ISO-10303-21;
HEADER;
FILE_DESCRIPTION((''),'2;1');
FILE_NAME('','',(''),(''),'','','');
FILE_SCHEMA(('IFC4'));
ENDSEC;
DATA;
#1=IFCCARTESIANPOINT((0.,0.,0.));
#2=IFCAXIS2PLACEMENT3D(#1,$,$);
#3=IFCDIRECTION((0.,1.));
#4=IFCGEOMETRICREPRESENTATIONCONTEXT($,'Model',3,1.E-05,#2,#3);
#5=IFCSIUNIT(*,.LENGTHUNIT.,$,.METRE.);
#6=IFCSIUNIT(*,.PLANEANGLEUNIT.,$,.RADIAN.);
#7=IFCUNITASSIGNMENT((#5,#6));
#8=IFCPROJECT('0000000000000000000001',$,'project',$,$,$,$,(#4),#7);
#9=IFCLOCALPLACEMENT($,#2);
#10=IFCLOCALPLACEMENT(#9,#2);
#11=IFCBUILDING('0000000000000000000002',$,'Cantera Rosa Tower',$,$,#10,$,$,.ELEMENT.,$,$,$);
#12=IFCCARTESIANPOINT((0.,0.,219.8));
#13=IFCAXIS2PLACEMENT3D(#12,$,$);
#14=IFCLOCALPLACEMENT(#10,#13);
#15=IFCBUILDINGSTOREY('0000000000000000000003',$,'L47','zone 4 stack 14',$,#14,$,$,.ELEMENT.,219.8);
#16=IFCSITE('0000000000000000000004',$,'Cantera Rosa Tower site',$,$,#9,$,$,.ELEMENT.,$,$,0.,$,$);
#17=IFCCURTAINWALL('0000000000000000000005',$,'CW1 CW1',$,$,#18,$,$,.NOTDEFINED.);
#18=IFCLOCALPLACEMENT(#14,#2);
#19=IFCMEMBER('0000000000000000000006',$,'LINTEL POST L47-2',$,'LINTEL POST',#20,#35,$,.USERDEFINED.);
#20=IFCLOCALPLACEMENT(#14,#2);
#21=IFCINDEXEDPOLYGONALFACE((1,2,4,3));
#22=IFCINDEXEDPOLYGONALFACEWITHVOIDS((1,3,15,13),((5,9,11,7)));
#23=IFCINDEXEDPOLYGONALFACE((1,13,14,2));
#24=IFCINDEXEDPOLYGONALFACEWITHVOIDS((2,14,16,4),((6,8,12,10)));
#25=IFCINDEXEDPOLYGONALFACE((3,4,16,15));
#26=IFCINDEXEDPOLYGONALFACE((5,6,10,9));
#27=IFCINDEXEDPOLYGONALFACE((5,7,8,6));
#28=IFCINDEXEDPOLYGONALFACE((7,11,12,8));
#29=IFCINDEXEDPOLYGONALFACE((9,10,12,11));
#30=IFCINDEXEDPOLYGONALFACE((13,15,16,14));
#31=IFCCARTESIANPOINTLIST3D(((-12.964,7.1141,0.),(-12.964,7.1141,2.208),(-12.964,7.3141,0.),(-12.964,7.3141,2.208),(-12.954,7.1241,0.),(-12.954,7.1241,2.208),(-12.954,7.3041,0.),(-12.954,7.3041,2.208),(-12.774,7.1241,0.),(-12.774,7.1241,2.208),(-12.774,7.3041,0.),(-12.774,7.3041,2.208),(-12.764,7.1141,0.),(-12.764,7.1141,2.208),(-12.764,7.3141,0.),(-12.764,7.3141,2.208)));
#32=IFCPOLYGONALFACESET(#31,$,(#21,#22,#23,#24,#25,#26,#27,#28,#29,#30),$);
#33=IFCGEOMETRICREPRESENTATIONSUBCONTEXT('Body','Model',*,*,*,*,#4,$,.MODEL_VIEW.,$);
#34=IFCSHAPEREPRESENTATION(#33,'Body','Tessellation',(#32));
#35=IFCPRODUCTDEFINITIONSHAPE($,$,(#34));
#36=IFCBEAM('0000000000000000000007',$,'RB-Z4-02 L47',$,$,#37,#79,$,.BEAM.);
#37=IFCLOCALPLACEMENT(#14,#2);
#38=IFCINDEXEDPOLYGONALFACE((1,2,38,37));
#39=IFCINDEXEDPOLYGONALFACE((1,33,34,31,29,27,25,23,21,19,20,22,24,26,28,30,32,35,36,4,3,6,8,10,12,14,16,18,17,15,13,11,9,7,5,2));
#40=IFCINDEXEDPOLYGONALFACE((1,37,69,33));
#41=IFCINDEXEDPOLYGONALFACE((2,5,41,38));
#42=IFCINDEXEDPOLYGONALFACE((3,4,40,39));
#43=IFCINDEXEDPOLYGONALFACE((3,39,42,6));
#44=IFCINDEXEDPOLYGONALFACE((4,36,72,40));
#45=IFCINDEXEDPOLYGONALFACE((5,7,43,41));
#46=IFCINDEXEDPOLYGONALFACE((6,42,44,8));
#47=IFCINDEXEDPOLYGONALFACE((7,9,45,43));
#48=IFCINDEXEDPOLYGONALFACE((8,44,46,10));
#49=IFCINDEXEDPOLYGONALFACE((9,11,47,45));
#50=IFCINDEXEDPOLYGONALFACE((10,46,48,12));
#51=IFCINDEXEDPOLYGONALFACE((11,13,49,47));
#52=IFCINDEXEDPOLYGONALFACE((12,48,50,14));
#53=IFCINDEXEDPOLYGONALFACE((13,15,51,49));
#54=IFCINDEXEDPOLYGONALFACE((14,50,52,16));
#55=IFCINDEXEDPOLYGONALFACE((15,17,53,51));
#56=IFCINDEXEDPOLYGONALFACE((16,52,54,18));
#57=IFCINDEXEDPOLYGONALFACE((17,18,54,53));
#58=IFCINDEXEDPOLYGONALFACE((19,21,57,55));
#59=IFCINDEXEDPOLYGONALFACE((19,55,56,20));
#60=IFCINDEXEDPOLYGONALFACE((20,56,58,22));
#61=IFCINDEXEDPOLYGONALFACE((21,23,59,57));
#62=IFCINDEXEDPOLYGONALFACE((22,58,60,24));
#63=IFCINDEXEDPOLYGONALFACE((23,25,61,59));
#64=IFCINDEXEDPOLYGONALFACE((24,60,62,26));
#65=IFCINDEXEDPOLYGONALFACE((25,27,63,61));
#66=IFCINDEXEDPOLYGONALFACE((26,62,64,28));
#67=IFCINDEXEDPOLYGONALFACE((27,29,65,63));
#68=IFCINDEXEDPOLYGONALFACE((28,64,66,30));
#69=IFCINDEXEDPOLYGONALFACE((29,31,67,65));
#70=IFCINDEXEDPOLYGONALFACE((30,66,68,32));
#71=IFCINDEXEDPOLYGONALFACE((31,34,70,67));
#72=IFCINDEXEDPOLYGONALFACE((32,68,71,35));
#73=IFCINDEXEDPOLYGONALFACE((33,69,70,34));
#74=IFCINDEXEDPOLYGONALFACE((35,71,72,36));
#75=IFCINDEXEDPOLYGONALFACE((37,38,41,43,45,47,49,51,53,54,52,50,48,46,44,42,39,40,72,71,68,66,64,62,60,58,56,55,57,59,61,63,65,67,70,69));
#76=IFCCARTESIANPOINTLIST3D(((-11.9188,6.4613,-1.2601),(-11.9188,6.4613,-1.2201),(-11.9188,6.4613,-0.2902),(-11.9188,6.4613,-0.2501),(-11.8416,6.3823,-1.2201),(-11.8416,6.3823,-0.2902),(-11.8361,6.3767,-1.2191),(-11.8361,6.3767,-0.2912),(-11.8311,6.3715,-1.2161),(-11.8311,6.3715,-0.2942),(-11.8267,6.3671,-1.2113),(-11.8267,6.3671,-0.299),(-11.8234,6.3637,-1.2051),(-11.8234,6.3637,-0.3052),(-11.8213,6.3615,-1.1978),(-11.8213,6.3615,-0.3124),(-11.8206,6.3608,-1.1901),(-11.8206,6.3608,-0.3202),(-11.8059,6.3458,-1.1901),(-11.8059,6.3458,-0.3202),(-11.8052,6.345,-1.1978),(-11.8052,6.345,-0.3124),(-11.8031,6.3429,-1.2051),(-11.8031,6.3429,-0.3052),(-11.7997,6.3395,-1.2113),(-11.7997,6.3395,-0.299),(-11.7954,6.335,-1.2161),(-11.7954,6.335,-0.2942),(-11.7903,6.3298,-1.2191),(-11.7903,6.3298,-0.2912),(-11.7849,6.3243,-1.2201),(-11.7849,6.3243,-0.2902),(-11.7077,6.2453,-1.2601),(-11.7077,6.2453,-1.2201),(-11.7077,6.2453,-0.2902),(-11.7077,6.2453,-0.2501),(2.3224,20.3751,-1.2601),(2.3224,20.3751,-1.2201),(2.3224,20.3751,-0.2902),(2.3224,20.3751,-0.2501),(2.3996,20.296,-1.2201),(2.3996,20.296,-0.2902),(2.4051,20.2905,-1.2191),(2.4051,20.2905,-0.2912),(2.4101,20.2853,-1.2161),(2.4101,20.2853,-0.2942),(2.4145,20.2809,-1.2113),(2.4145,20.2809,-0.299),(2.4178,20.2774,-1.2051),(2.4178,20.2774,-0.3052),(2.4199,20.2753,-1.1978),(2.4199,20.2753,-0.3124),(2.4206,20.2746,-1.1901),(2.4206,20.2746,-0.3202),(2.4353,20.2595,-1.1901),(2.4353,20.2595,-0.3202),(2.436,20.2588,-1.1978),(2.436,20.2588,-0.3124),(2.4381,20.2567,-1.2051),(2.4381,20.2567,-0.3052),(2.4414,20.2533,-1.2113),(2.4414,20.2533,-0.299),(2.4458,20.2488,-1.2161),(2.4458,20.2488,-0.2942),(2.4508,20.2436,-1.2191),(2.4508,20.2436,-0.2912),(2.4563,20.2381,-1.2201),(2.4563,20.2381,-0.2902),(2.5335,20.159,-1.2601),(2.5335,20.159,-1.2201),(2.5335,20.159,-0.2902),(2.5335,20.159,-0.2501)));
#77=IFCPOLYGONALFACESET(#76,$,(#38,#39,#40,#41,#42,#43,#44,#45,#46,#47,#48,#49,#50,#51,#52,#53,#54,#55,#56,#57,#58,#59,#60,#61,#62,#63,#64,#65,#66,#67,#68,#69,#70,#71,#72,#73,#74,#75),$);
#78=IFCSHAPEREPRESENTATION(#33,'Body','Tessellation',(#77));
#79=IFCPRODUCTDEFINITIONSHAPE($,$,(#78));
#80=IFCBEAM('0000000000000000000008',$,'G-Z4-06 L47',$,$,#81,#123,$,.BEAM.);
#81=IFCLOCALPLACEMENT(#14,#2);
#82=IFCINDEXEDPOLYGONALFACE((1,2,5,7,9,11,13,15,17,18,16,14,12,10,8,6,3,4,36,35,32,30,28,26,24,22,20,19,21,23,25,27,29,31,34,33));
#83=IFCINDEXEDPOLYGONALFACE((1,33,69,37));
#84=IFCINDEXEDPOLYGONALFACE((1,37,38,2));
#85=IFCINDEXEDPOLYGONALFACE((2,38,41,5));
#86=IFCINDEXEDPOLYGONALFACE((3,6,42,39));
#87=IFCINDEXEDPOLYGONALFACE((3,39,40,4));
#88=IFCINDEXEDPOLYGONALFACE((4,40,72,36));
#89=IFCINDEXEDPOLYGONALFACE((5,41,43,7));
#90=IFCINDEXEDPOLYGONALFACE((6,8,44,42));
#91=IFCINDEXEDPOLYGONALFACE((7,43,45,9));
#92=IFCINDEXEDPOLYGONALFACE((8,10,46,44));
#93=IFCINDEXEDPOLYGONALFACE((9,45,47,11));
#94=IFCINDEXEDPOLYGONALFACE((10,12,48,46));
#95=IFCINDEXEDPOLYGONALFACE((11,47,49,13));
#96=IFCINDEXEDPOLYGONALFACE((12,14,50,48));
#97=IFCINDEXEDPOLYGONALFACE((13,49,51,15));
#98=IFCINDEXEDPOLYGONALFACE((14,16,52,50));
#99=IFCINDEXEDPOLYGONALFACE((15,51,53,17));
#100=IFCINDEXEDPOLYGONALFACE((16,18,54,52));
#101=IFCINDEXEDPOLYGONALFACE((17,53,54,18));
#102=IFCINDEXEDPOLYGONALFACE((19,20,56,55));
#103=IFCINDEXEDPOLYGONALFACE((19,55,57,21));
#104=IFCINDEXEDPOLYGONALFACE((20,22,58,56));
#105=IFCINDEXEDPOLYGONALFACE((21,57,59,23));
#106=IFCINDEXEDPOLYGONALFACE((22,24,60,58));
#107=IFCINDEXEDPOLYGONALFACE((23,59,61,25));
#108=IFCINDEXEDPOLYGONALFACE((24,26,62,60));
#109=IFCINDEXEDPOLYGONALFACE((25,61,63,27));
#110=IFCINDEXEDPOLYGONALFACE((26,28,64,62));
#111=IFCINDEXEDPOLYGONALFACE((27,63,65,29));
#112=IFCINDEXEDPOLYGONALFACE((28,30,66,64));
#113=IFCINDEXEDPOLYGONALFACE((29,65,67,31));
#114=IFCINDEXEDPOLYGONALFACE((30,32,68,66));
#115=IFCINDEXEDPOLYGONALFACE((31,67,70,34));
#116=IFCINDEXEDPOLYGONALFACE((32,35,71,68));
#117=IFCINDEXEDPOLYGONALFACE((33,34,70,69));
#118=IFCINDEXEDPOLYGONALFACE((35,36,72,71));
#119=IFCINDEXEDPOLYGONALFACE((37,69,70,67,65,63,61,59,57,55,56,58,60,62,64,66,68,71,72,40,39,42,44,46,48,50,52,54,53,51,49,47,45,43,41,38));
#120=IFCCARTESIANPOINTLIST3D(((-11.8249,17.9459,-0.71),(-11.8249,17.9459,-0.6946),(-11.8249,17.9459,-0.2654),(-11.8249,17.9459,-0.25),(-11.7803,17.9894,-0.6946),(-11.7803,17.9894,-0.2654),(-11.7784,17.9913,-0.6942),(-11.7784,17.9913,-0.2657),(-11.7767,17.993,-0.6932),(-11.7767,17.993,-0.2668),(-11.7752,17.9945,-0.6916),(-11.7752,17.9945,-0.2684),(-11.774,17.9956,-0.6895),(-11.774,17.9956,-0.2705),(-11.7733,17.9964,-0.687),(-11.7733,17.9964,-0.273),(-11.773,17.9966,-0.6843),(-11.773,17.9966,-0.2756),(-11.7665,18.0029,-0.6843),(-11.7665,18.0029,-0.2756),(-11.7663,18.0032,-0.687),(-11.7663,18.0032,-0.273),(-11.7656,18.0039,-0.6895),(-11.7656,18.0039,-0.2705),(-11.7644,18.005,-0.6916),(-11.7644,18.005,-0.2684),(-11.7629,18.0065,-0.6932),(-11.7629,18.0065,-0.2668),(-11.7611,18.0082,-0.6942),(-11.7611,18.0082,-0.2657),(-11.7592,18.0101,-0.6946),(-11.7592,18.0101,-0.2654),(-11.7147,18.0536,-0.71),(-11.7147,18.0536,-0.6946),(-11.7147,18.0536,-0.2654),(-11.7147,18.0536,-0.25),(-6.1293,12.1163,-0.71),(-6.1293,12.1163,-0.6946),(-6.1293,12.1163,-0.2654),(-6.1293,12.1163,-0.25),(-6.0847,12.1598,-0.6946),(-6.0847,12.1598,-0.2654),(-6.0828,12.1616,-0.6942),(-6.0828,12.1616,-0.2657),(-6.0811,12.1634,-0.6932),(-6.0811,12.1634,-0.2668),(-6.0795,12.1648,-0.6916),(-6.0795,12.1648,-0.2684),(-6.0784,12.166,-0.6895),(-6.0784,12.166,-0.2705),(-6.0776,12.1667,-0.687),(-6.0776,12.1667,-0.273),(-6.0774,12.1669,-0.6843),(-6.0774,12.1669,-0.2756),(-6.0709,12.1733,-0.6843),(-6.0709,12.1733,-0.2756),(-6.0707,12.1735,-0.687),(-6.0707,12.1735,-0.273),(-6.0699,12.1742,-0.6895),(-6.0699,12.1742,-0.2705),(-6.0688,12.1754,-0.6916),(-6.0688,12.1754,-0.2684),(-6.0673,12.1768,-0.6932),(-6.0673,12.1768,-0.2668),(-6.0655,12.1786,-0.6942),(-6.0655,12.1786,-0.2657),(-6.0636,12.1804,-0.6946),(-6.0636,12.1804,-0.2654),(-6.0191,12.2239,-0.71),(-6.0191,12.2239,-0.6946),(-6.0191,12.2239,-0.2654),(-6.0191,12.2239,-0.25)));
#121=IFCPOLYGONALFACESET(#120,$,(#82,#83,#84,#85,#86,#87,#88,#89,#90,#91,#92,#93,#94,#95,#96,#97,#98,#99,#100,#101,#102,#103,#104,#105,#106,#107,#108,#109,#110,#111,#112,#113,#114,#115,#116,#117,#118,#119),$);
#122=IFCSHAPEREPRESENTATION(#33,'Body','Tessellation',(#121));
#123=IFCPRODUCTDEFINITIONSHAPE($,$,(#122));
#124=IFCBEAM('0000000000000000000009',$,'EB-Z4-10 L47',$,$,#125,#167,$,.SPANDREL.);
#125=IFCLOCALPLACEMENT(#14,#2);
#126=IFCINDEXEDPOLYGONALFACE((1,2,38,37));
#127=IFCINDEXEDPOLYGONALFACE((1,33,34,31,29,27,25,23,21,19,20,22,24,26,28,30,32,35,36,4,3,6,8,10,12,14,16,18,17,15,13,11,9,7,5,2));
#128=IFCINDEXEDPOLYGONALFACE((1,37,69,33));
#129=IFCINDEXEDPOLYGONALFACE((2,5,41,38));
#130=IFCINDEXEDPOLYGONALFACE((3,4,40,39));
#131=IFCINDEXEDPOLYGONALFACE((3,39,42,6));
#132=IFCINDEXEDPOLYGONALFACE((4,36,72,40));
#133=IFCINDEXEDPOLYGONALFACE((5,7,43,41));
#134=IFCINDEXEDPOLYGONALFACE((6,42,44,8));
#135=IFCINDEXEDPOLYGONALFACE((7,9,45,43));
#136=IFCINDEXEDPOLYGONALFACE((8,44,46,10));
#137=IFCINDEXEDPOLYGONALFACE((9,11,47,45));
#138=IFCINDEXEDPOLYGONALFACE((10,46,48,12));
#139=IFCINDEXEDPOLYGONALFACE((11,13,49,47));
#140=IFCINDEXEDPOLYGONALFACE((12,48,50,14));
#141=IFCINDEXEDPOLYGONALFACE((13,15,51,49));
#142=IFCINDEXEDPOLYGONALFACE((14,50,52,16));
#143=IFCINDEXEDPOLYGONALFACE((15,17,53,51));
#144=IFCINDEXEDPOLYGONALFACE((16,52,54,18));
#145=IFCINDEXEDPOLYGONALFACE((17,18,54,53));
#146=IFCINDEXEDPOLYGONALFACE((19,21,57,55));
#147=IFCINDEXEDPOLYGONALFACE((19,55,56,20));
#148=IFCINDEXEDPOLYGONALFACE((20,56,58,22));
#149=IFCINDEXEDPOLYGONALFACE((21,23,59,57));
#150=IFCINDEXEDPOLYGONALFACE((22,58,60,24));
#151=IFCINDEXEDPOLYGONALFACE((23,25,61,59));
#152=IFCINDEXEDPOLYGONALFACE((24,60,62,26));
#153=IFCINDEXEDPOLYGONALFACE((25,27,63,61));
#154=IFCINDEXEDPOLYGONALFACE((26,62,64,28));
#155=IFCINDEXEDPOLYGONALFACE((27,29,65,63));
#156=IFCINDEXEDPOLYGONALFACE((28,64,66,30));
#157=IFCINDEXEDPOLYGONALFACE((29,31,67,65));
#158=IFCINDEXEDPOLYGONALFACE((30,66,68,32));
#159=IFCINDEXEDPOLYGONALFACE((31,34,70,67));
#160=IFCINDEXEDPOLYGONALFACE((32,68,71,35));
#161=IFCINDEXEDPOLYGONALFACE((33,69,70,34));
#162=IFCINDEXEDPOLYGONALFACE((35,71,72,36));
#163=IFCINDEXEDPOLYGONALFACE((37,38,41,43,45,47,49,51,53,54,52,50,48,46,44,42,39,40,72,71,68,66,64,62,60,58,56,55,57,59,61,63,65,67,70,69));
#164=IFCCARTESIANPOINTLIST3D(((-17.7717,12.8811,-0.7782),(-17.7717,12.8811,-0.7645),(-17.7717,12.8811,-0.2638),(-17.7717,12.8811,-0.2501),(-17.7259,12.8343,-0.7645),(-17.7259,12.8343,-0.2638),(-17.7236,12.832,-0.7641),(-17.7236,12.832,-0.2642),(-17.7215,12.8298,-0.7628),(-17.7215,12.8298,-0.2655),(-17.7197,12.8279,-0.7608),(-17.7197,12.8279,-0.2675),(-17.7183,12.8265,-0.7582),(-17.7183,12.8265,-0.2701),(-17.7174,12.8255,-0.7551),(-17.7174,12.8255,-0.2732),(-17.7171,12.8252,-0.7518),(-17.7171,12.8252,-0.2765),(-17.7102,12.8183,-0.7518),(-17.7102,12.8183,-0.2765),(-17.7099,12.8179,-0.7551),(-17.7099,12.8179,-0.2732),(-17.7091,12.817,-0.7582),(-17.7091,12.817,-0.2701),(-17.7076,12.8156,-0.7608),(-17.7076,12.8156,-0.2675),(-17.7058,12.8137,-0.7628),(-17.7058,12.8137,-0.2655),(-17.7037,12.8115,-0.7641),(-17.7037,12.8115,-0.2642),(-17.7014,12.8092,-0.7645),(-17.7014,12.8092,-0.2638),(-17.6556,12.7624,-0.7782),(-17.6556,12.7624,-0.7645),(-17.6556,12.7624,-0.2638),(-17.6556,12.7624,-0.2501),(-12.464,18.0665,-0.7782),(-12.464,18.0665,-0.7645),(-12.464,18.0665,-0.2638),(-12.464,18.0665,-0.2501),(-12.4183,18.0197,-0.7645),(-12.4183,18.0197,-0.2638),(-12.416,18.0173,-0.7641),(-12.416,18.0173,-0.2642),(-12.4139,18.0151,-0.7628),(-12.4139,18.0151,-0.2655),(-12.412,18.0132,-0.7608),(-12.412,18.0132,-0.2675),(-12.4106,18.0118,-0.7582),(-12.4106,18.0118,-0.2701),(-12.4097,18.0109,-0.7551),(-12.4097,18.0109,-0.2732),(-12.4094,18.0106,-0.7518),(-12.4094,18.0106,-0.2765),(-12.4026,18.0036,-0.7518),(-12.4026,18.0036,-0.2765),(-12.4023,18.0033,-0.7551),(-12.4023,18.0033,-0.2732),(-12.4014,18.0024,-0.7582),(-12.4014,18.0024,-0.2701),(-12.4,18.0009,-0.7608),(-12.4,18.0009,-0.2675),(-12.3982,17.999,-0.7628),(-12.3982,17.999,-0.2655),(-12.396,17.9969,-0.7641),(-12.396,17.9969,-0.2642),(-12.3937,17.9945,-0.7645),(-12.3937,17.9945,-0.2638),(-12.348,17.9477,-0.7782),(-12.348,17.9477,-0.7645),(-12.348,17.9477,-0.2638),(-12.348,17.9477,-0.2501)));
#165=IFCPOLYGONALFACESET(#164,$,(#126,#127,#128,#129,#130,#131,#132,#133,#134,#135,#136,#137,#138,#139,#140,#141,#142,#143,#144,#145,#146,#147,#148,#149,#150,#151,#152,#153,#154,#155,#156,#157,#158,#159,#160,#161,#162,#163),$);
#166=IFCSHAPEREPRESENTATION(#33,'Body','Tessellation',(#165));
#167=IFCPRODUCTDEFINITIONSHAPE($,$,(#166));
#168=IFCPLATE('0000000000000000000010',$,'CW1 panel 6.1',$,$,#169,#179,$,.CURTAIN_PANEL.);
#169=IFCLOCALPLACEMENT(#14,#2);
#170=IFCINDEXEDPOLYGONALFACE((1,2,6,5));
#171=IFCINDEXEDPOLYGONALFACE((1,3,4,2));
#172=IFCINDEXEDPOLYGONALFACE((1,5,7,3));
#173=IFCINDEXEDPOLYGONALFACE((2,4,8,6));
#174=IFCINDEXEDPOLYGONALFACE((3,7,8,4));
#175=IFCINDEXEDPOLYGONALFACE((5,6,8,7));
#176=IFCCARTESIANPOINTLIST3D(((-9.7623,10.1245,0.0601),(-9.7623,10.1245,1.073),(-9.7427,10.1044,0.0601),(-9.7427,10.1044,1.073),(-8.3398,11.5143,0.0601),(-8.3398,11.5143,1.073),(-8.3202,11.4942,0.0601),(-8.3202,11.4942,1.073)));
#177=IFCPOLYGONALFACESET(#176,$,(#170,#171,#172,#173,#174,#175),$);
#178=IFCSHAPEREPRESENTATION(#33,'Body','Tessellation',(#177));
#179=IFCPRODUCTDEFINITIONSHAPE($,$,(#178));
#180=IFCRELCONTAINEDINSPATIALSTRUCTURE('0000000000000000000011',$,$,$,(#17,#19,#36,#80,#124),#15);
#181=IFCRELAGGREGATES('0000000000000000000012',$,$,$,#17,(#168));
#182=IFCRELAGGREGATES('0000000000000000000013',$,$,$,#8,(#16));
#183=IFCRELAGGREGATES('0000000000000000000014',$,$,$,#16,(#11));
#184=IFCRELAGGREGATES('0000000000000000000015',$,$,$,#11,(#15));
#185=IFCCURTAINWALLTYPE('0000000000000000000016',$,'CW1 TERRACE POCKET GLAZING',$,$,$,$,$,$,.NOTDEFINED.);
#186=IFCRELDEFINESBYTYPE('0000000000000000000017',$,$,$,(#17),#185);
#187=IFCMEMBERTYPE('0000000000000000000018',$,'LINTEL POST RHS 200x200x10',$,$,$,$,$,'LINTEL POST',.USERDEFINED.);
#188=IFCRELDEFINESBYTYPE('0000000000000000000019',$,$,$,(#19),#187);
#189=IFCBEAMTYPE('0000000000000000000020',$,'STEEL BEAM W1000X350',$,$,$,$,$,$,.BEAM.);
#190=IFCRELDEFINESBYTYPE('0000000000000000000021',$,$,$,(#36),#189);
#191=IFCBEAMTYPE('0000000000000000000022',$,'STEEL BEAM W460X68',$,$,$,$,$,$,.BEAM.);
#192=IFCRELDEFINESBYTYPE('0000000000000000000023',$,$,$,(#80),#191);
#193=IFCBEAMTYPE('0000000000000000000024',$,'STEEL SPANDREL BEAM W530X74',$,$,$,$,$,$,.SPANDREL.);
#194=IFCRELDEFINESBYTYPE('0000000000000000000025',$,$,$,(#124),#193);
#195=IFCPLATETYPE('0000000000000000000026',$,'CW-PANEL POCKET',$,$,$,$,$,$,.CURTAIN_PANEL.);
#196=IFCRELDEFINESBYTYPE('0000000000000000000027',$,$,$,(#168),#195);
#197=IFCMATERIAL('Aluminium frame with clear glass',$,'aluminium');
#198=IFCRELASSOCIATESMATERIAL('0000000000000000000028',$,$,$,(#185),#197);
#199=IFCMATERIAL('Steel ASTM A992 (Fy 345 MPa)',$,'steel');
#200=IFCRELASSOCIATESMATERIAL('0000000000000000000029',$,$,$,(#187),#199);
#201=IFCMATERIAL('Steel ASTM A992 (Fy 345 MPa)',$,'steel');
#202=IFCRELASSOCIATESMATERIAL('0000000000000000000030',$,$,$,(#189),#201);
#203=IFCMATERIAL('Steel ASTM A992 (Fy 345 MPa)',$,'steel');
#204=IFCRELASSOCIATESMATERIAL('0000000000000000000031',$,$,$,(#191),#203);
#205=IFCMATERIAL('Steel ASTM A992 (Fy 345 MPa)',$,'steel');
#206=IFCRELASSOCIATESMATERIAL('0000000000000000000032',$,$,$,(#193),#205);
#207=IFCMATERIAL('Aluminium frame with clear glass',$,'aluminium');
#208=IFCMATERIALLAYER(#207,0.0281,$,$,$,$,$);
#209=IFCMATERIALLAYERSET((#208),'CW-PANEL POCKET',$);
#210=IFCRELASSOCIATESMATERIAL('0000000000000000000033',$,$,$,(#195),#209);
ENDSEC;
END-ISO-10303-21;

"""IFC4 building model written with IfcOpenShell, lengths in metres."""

from ifc_helpers import new_model, si_unit, direction, frame, origin, origin_2d, place, context, subcontext, project, spatial, rectangle, hollow_rectangle, i_section, extrude, material, layer, layer_set, material_profile, profile_set, type_object, element, aggregate, save


model = new_model("IFC4")

# Units and contexts
model_context = context("Model", 3, precision=1e-05, world=origin(), true_north=direction((0.0, 1.0)))
body_context = subcontext(model_context, "Body", "Model", "MODEL_VIEW")
ifc_project = project(units=[si_unit("LENGTHUNIT", "METRE"), si_unit("PLANEANGLEUNIT", "RADIAN")], contexts=[model_context])

# Site, building, storey
site_placement = place(None, origin())
site = spatial("IfcSite", under=ifc_project, at=site_placement, Name="Cantera Rosa Tower site", CompositionType="ELEMENT", RefElevation=0.0)
building_placement = place(site_placement, origin())
building = spatial("IfcBuilding", under=site, at=building_placement, Name="Cantera Rosa Tower", CompositionType="ELEMENT")
storey_placement = place(building_placement, frame((0.0, 0.0, 219.8)))
storey = spatial("IfcBuildingStorey", under=building, at=storey_placement, Name="L47", Description="zone 4 stack 14", CompositionType="ELEMENT", Elevation=219.8)

# Curtain wall
ifc_material_1 = material(Name="Aluminium frame with clear glass", Category="aluminium")
curtain_wall_type = type_object("IfcCurtainWallType", Name="CW1 TERRACE POCKET GLAZING", PredefinedType="NOTDEFINED", material=ifc_material_1)
curtain_wall_placement = place(storey_placement, origin())
curtain_wall = element("IfcCurtainWall", 1, at=curtain_wall_placement, inside=storey, type_object=curtain_wall_type, Name="CW1 CW1", PredefinedType="NOTDEFINED")

# Member
ifc_material_2 = material(Name="Steel ASTM A992 (Fy 345 MPa)", Category="steel")
ifc_material_profile_1 = material_profile(ifc_material_2, hollow_rectangle(XDim=0.2, YDim=0.2, WallThickness=0.01, at=origin_2d()), Name="LINTEL POST RHS 200x200x10")
ifc_profile_set_1 = profile_set([ifc_material_profile_1], Name="Steel ASTM A992 (Fy 345 MPa)")
member_type_1 = type_object("IfcMemberType", Name="LINTEL POST RHS 200x200x10", ElementType="LINTEL POST", PredefinedType="USERDEFINED", material=ifc_profile_set_1)
member_1_placement = place(storey_placement, frame((-12.864, 7.2141, 0.0), z_axis=(0.0, 0.0, 1.0), x_axis=(1.0, 0.0, 0.0)))
element("IfcMember", 2, at=member_1_placement, inside=storey, type_object=member_type_1, Name="LINTEL POST L47-2", ObjectType="LINTEL POST", PredefinedType="USERDEFINED", context=body_context, shape_type="SweptSolid", body=[
    extrude(hollow_rectangle(XDim=0.2, YDim=0.2, WallThickness=0.01, at=origin_2d()), origin(), (0.0, 0.0, 1.0), 2.208),
])

# Beams
ifc_material_3 = material(Name="Steel ASTM A992 (Fy 345 MPa)", Category="steel")
ifc_material_profile_2 = material_profile(ifc_material_3, i_section(OverallWidth=0.302, OverallDepth=1.01, WebThickness=0.021, FlangeThickness=0.04, FilletRadius=0.03, at=origin_2d()), Name="W1000X350")
ifc_profile_set_2 = profile_set([ifc_material_profile_2], Name="Steel ASTM A992 (Fy 345 MPa)")
beam_type_1 = type_object("IfcBeamType", Name="STEEL BEAM W1000X350", PredefinedType="BEAM", material=ifc_profile_set_2)
beam_1_placement = place(storey_placement, frame((-11.8132, 6.3533, -0.7551), z_axis=(0.715281, 0.698837, 0.0), x_axis=(-0.698837, 0.715281, 0.0)))
element("IfcBeam", 3, at=beam_1_placement, inside=storey, type_object=beam_type_1, Name="RB-Z4-02 L47", PredefinedType="BEAM", context=body_context, shape_type="SweptSolid", body=[
    extrude(i_section(OverallWidth=0.302, OverallDepth=1.01, WebThickness=0.021, FlangeThickness=0.04, FilletRadius=0.03, at=origin_2d()), origin(), (0.0, 0.0, 1.0), 19.9099),
])
ifc_material_4 = material(Name="Steel ASTM A992 (Fy 345 MPa)", Category="steel")
ifc_material_profile_3 = material_profile(ifc_material_4, i_section(OverallWidth=0.1541, OverallDepth=0.46, WebThickness=0.009, FlangeThickness=0.0154, FilletRadius=0.0103, at=origin_2d()), Name="W460X68")
ifc_profile_set_3 = profile_set([ifc_material_profile_3], Name="Steel ASTM A992 (Fy 345 MPa)")
beam_type_2 = type_object("IfcBeamType", Name="STEEL BEAM W460X68", PredefinedType="BEAM", material=ifc_profile_set_3)
beam_2_placement = place(storey_placement, frame((-11.7698, 17.9998, -0.48), z_axis=(0.698836, -0.715282, 0.0), x_axis=(0.715282, 0.698836, 0.0)))
element("IfcBeam", 4, at=beam_2_placement, inside=storey, type_object=beam_type_2, Name="G-Z4-06 L47", PredefinedType="BEAM", context=body_context, shape_type="SweptSolid", body=[
    extrude(i_section(OverallWidth=0.1541, OverallDepth=0.46, WebThickness=0.009, FlangeThickness=0.0154, FilletRadius=0.0103, at=origin_2d()), origin(), (0.0, 0.0, 1.0), 8.1501),
])
ifc_material_5 = material(Name="Steel ASTM A992 (Fy 345 MPa)", Category="steel")
ifc_material_profile_4 = material_profile(ifc_material_5, i_section(OverallWidth=0.166, OverallDepth=0.5281, WebThickness=0.0098, FlangeThickness=0.0137, FilletRadius=0.0127, at=origin_2d()), Name="W530X74")
ifc_profile_set_4 = profile_set([ifc_material_profile_4], Name="Steel ASTM A992 (Fy 345 MPa)")
beam_type_3 = type_object("IfcBeamType", Name="STEEL SPANDREL BEAM W530X74", PredefinedType="SPANDREL", material=ifc_profile_set_4)
beam_3_placement = place(storey_placement, frame((-12.406, 18.0071, -0.5142), z_axis=(-0.715301, -0.698817, 0.0), x_axis=(0.698817, -0.715301, 0.0)))
element("IfcBeam", 5, at=beam_3_placement, inside=storey, type_object=beam_type_3, Name="EB-Z4-10 L47", PredefinedType="SPANDREL", context=body_context, shape_type="SweptSolid", body=[
    extrude(i_section(OverallWidth=0.166, OverallDepth=0.5281, WebThickness=0.0098, FlangeThickness=0.0137, FilletRadius=0.0127, at=origin_2d()), origin(), (0.0, 0.0, 1.0), 7.4202),
])

# Plate
ifc_material_6 = material(Name="Aluminium frame with clear glass", Category="aluminium")
ifc_layer_1 = layer(ifc_material_6, 0.0281)
ifc_layer_set_1 = layer_set([ifc_layer_1], Name="CW-PANEL POCKET")
plate_type = type_object("IfcPlateType", Name="CW-PANEL POCKET", PredefinedType="CURTAIN_PANEL", material=ifc_layer_set_1)
plate_1_placement = place(storey_placement, frame((-9.0413, 10.8093, 0.0601), z_axis=(0.0, 0.0, 1.0), x_axis=(-0.715286, -0.698832, 0.0)))
plate_1 = element("IfcPlate", 6, at=plate_1_placement, type_object=plate_type, Name="CW1 panel 6.1", PredefinedType="CURTAIN_PANEL", context=body_context, shape_type="SweptSolid", body=[
    extrude(rectangle(XDim=1.9888, YDim=0.0281, at=origin_2d()), origin(), (0.0, 0.0, 1.0), 1.0129),
])
aggregate(curtain_wall, [plate_1])

save(model, "model.ifc")
